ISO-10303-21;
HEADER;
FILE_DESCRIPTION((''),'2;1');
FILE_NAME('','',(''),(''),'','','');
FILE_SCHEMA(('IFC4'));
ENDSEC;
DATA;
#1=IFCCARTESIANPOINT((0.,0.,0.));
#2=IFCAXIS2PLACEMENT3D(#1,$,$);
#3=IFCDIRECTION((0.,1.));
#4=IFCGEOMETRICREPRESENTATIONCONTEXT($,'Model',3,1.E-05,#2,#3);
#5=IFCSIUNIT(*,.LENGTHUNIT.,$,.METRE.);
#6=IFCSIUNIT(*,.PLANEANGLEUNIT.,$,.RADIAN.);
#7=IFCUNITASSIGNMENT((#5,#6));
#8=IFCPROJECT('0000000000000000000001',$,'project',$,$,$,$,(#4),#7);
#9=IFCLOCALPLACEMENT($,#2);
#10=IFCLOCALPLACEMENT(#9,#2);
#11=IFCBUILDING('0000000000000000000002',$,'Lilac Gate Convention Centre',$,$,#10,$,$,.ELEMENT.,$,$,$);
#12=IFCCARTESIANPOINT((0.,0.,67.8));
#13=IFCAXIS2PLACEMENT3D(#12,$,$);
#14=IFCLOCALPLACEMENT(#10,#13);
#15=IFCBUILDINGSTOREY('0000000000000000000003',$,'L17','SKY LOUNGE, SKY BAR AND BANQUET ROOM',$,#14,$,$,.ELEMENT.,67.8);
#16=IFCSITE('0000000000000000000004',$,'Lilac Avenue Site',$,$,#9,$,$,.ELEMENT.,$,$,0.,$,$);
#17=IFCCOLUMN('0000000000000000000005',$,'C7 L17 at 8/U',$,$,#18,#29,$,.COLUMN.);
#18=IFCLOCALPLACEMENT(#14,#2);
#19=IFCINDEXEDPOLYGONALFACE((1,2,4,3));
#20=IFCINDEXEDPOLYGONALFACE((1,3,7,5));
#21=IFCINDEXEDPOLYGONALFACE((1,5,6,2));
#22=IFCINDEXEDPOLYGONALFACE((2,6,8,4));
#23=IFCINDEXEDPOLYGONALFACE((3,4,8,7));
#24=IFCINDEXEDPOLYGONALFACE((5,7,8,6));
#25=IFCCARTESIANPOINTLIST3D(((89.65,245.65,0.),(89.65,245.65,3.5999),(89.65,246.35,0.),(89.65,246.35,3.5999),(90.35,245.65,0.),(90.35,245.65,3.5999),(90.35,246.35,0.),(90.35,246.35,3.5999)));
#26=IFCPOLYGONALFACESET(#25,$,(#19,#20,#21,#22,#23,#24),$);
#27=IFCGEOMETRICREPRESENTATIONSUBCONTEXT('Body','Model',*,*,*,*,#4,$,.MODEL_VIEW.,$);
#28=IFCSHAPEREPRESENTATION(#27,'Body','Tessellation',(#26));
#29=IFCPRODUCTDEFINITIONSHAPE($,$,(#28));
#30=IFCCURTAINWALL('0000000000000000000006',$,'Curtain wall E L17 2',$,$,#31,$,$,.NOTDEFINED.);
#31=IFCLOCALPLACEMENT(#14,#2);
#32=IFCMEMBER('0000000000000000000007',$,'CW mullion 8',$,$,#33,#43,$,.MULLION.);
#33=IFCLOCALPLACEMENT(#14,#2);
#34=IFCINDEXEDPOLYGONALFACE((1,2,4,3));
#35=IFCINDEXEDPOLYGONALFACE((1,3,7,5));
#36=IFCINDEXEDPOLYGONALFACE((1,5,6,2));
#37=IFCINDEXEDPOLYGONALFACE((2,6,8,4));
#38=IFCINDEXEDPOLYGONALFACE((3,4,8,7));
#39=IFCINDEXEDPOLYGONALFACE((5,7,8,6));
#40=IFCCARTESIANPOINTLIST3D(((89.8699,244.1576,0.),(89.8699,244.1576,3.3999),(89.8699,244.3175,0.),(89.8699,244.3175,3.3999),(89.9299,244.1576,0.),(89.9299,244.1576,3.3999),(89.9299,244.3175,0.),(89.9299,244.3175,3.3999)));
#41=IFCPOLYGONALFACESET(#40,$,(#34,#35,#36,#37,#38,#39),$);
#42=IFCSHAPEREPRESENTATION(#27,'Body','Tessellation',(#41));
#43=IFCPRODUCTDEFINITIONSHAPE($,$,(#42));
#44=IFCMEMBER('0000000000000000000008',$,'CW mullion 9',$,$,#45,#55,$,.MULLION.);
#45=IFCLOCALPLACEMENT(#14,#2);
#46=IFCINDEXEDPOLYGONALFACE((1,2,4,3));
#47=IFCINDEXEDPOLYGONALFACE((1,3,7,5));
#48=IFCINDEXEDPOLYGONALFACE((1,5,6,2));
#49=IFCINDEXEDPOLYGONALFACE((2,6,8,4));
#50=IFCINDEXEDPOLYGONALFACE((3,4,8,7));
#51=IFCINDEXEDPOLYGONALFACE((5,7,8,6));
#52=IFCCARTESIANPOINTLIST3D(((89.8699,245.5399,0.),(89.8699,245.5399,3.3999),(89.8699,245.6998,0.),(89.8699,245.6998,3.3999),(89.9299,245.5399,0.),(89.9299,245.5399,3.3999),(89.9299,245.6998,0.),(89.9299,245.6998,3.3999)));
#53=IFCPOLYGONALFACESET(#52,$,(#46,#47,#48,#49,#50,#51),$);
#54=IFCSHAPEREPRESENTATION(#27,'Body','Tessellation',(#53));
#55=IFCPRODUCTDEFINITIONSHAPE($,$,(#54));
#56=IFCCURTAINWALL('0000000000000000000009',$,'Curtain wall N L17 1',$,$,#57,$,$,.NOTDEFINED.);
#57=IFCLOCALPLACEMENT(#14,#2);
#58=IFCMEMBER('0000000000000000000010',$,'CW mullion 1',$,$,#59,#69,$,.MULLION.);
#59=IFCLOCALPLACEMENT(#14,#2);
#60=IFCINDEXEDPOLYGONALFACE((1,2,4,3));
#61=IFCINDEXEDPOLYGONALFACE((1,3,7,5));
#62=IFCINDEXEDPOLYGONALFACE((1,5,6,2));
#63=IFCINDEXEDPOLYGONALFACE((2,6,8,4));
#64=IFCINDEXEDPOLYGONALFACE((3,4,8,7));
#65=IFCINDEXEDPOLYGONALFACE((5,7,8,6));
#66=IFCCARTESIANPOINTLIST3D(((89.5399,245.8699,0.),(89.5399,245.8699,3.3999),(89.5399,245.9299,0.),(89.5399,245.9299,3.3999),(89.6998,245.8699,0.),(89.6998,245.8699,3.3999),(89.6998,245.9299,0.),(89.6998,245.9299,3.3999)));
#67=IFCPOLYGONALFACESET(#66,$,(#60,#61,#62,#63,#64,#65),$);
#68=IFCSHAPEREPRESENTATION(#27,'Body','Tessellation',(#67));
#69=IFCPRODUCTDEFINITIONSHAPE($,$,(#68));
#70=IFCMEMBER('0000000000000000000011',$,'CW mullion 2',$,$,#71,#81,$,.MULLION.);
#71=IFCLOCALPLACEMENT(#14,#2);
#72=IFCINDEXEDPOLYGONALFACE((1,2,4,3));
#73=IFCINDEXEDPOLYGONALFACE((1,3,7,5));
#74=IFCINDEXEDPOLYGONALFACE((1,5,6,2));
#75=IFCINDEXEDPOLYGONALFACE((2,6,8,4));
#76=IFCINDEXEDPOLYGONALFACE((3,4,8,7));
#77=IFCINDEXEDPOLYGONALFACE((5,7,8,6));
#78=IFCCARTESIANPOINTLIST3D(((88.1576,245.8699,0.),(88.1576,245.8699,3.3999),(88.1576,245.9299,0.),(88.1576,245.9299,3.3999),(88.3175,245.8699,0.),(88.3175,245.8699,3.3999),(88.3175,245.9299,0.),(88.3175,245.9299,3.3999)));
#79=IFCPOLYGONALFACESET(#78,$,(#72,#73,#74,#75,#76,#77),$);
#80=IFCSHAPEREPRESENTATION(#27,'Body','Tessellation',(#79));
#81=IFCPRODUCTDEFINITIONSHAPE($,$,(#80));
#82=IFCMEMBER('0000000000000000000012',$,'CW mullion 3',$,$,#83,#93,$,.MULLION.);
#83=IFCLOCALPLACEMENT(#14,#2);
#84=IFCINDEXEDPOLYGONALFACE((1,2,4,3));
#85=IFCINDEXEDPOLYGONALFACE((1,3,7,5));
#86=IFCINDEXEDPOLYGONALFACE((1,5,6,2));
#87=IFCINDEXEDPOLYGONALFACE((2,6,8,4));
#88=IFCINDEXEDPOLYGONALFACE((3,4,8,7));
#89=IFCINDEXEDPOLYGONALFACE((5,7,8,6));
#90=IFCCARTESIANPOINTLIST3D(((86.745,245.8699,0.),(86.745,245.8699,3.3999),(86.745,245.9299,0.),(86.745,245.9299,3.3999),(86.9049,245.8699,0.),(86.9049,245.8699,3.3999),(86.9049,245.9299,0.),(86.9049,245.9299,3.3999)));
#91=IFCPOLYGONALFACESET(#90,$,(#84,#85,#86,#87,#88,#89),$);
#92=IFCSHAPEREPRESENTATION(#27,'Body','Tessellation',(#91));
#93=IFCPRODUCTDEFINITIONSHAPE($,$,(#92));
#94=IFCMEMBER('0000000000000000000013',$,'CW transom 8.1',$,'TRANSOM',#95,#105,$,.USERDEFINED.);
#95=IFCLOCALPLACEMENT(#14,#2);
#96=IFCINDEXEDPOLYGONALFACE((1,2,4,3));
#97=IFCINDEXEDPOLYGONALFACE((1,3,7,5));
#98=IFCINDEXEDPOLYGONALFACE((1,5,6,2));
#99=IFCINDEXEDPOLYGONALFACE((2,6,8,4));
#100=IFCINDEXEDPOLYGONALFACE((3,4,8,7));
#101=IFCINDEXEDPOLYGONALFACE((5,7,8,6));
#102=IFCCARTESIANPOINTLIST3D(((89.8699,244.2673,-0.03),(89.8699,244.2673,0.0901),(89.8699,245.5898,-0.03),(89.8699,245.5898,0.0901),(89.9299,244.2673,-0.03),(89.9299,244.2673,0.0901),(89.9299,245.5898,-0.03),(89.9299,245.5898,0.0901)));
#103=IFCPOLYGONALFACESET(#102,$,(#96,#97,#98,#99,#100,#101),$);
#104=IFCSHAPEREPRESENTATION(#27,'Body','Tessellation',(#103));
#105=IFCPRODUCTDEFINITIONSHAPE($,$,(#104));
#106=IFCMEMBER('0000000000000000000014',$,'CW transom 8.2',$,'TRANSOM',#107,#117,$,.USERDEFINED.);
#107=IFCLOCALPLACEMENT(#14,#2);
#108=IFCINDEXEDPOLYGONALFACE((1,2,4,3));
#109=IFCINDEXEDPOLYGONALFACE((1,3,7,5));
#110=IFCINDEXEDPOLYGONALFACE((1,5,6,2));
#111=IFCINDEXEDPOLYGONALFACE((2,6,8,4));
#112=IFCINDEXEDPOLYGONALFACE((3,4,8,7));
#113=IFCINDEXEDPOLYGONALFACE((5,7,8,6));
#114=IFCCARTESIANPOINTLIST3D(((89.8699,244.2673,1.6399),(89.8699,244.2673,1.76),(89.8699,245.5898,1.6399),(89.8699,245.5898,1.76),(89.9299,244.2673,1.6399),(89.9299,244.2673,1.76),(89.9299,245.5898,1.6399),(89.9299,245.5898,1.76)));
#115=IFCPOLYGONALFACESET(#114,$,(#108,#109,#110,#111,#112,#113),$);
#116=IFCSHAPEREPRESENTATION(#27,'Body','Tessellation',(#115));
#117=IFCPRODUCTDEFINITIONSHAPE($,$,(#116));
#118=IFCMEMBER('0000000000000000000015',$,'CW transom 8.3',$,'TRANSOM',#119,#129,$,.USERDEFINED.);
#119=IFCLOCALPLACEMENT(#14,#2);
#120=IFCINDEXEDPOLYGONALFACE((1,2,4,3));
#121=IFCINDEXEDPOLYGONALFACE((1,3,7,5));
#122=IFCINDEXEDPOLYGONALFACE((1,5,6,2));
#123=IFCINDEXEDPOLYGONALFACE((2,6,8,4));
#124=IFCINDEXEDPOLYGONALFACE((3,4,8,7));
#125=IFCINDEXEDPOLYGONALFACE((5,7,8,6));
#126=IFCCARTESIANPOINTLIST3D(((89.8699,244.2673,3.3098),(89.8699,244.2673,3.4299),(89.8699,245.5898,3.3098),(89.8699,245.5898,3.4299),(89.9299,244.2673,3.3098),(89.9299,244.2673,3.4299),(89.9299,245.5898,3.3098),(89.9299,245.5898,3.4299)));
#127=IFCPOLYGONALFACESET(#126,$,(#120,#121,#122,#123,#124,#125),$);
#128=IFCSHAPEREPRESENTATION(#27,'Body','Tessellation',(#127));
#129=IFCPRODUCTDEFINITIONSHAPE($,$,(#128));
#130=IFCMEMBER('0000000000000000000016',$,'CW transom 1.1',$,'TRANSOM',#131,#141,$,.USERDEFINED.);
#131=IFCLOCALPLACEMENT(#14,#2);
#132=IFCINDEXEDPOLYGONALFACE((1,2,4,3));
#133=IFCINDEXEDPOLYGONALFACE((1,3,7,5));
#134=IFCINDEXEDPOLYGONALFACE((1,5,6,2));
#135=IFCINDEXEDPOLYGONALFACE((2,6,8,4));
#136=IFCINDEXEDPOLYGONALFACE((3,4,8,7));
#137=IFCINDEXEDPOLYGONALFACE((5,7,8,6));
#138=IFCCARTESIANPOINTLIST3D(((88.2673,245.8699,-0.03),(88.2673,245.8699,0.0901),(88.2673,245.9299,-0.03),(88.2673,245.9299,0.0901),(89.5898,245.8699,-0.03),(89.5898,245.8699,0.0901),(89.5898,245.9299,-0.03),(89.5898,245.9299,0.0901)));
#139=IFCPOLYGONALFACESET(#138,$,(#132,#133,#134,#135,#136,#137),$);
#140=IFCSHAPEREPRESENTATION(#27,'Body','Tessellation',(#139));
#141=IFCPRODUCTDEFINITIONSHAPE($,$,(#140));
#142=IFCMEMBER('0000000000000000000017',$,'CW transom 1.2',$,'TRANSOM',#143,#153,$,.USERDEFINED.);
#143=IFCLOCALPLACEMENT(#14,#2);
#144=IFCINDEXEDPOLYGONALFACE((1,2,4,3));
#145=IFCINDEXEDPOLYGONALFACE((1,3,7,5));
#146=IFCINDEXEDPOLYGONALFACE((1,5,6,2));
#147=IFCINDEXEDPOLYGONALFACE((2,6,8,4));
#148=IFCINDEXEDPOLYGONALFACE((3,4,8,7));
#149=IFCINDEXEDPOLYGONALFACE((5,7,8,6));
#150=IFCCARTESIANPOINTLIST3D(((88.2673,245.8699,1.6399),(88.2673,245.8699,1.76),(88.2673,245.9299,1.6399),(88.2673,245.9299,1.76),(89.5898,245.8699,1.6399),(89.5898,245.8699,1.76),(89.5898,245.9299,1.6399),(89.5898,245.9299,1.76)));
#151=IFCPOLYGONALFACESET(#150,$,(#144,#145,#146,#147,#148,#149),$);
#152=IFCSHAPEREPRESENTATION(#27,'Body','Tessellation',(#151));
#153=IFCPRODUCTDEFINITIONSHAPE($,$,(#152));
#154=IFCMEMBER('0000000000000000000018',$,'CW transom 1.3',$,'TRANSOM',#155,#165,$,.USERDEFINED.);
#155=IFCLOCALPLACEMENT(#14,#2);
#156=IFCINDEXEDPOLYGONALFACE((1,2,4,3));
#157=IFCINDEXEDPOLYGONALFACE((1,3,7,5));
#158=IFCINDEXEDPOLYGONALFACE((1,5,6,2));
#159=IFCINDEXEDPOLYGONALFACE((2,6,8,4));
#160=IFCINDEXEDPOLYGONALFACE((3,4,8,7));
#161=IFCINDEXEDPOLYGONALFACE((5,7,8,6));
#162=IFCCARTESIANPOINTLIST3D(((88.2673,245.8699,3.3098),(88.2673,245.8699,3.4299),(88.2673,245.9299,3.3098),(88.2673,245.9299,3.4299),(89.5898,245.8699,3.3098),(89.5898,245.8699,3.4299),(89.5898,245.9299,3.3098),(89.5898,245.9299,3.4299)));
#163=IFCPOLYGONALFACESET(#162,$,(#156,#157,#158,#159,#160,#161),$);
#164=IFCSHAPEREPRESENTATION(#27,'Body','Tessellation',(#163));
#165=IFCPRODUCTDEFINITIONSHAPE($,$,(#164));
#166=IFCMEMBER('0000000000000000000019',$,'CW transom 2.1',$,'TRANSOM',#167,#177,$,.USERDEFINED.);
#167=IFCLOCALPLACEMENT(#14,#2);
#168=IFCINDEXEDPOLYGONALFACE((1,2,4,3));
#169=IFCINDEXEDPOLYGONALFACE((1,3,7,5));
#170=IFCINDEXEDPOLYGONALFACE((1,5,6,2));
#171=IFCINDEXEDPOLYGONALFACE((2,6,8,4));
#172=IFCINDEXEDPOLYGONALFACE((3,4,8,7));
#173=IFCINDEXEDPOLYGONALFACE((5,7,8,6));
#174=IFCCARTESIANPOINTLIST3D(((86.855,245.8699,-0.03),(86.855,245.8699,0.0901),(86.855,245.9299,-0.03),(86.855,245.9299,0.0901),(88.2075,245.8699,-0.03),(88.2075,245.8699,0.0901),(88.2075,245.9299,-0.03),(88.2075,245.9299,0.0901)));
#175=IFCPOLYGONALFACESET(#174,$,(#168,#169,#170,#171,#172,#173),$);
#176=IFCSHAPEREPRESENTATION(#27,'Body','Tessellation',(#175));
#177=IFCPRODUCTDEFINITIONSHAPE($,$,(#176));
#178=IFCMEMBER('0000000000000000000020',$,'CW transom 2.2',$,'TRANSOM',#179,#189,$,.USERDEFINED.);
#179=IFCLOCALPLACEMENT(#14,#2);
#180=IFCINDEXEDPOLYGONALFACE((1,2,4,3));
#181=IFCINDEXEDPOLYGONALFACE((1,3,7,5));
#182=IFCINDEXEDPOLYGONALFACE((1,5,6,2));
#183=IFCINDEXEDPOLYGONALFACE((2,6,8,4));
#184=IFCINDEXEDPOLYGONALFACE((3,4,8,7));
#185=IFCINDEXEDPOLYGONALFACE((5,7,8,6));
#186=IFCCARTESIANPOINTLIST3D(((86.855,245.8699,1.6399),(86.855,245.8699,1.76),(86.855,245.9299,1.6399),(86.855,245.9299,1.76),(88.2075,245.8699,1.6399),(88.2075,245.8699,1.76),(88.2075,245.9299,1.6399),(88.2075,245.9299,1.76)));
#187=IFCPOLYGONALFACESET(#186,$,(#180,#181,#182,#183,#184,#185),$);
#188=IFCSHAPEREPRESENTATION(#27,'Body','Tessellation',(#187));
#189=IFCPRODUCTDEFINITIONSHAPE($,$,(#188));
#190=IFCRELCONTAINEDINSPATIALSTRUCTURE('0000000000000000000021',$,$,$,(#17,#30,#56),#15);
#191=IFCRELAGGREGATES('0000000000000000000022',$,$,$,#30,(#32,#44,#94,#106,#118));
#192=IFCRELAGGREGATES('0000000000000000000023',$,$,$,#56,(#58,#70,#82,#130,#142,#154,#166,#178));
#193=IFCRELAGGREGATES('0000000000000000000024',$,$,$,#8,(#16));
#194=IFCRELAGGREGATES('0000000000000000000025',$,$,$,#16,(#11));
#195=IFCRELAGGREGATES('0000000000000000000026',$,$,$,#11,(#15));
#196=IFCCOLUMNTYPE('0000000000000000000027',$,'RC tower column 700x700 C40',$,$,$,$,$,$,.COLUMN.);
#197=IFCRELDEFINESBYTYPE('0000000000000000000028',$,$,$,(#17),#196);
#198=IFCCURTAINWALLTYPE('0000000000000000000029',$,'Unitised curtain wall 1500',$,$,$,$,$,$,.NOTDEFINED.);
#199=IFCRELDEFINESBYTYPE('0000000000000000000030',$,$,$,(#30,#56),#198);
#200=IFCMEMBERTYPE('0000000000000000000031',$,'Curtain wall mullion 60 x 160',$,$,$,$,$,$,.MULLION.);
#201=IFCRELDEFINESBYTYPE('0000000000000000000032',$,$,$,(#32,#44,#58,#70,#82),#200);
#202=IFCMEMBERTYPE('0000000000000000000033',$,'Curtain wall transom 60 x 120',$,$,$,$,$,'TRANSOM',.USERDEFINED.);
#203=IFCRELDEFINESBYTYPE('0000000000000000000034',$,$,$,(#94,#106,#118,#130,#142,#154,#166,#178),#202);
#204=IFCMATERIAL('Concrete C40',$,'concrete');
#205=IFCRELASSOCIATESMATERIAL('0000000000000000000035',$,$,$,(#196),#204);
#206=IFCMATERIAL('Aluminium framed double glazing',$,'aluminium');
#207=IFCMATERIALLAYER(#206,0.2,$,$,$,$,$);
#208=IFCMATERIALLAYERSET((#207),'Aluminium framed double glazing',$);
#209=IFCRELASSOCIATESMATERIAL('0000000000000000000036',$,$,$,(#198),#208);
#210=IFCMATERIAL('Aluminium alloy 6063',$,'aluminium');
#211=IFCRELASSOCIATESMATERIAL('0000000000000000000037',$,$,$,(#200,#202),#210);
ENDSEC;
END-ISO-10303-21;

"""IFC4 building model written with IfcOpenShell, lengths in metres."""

from ifc_helpers import new_model, si_unit, direction, frame, origin, origin_2d, place, context, subcontext, project, spatial, rectangle, extrude, material, layer, layer_set, material_profile, profile_set, type_object, element, aggregate, save


model = new_model("IFC4")

# Units and contexts
model_context = context("Model", 3, precision=1e-05, world=origin(), true_north=direction((0.0, 1.0)))
body_context = subcontext(model_context, "Body", "Model", "MODEL_VIEW")
ifc_project = project(units=[si_unit("LENGTHUNIT", "METRE"), si_unit("PLANEANGLEUNIT", "RADIAN")], contexts=[model_context])

# Site, building, storey
site_placement = place(None, origin())
site = spatial("IfcSite", under=ifc_project, at=site_placement, Name="Lilac Avenue Site", CompositionType="ELEMENT", RefElevation=0.0)
building_placement = place(site_placement, origin())
building = spatial("IfcBuilding", under=site, at=building_placement, Name="Lilac Gate Convention Centre", CompositionType="ELEMENT")
storey_placement = place(building_placement, frame((0.0, 0.0, 67.8)))
storey = spatial("IfcBuildingStorey", under=building, at=storey_placement, Name="L17", Description="SKY LOUNGE, SKY BAR AND BANQUET ROOM", CompositionType="ELEMENT", Elevation=67.8)

# Column
ifc_material_1 = material(Name="Concrete C40", Category="concrete")
ifc_material_profile_1 = material_profile(ifc_material_1, rectangle(XDim=0.7, YDim=0.7, at=origin_2d()), Name="RC 700x700")
ifc_profile_set_1 = profile_set([ifc_material_profile_1], Name="Concrete C40")
column_type = type_object("IfcColumnType", Name="RC tower column 700x700 C40", PredefinedType="COLUMN", material=ifc_profile_set_1)
column_placement = place(storey_placement, frame((90.0, 246.0, 0.0), z_axis=(0.0, 0.0, 1.0), x_axis=(1.0, 0.0, 0.0)))
element("IfcColumn", 1, at=column_placement, inside=storey, type_object=column_type, Name="C7 L17 at 8/U", PredefinedType="COLUMN", context=body_context, shape_type="SweptSolid", body=[
    extrude(rectangle(XDim=0.7, YDim=0.7, at=origin_2d()), origin(), (0.0, 0.0, 1.0), 3.5999),
])

# Curtain walls, members
ifc_material_2 = material(Name="Aluminium framed double glazing", Category="aluminium")
ifc_layer_1 = layer(ifc_material_2, 0.2)
ifc_layer_set_1 = layer_set([ifc_layer_1], Name="Aluminium framed double glazing")
curtain_wall_type = type_object("IfcCurtainWallType", Name="Unitised curtain wall 1500", PredefinedType="NOTDEFINED", material=ifc_layer_set_1)
curtain_wall_1_placement = place(storey_placement, origin())
curtain_wall_1 = element("IfcCurtainWall", 2, at=curtain_wall_1_placement, inside=storey, type_object=curtain_wall_type, Name="Curtain wall E L17 2", PredefinedType="NOTDEFINED")
ifc_material_3 = material(Name="Aluminium alloy 6063", Category="aluminium")
ifc_material_profile_2 = material_profile(ifc_material_3, rectangle(XDim=0.0601, YDim=0.1599, at=origin_2d()), Name="Curtain wall mullion 60 x 160")
ifc_profile_set_2 = profile_set([ifc_material_profile_2], Name="Aluminium alloy 6063")
member_type_1 = type_object("IfcMemberType", Name="Curtain wall mullion 60 x 160", PredefinedType="MULLION", material=ifc_profile_set_2)
member_1_placement = place(storey_placement, frame((89.8999, 244.2375, 0.0), z_axis=(0.0, 0.0, 1.0), x_axis=(-1.0, 0.0, 0.0)))
member_1 = element("IfcMember", 3, at=member_1_placement, type_object=member_type_1, Name="CW mullion 8", PredefinedType="MULLION", context=body_context, shape_type="SweptSolid", body=[
    extrude(rectangle(XDim=0.0601, YDim=0.1599, at=origin_2d()), origin(), (0.0, 0.0, 1.0), 3.3999),
])
member_2_placement = place(storey_placement, frame((89.8999, 245.6199, 0.0), z_axis=(0.0, 0.0, 1.0), x_axis=(-1.0, 0.0, 0.0)))
member_2 = element("IfcMember", 4, at=member_2_placement, type_object=member_type_1, Name="CW mullion 9", PredefinedType="MULLION", context=body_context, shape_type="SweptSolid", body=[
    extrude(rectangle(XDim=0.0601, YDim=0.1599, at=origin_2d()), origin(), (0.0, 0.0, 1.0), 3.3999),
])
curtain_wall_2_placement = place(storey_placement, origin())
curtain_wall_2 = element("IfcCurtainWall", 5, at=curtain_wall_2_placement, inside=storey, type_object=curtain_wall_type, Name="Curtain wall N L17 1", PredefinedType="NOTDEFINED")
member_3_placement = place(storey_placement, frame((89.6199, 245.8999, 0.0), z_axis=(0.0, 0.0, 1.0), x_axis=(0.0, -1.0, 0.0)))
member_3 = element("IfcMember", 6, at=member_3_placement, type_object=member_type_1, Name="CW mullion 1", PredefinedType="MULLION", context=body_context, shape_type="SweptSolid", body=[
    extrude(rectangle(XDim=0.0601, YDim=0.1599, at=origin_2d()), origin(), (0.0, 0.0, 1.0), 3.3999),
])
member_4_placement = place(storey_placement, frame((88.2375, 245.8999, 0.0), z_axis=(0.0, 0.0, 1.0), x_axis=(0.0, -1.0, 0.0)))
member_4 = element("IfcMember", 7, at=member_4_placement, type_object=member_type_1, Name="CW mullion 2", PredefinedType="MULLION", context=body_context, shape_type="SweptSolid", body=[
    extrude(rectangle(XDim=0.0601, YDim=0.1599, at=origin_2d()), origin(), (0.0, 0.0, 1.0), 3.3999),
])
member_5_placement = place(storey_placement, frame((86.825, 245.8999, 0.0), z_axis=(0.0, 0.0, 1.0), x_axis=(0.0, -1.0, 0.0)))
member_5 = element("IfcMember", 8, at=member_5_placement, type_object=member_type_1, Name="CW mullion 3", PredefinedType="MULLION", context=body_context, shape_type="SweptSolid", body=[
    extrude(rectangle(XDim=0.0601, YDim=0.1599, at=origin_2d()), origin(), (0.0, 0.0, 1.0), 3.3999),
])

# Members
ifc_material_profile_3 = material_profile(ifc_material_3, rectangle(XDim=0.0601, YDim=0.1201, at=origin_2d()), Name="Curtain wall transom 60 x 120")
ifc_profile_set_3 = profile_set([ifc_material_profile_3], Name="Aluminium alloy 6063")
member_type_2 = type_object("IfcMemberType", Name="Curtain wall transom 60 x 120", ElementType="TRANSOM", PredefinedType="USERDEFINED", material=ifc_profile_set_3)
member_6_placement = place(storey_placement, frame((89.8999, 244.2673, 0.03), z_axis=(0.0, 1.0, 0.0), x_axis=(-1.0, 0.0, 0.0)))
member_6 = element("IfcMember", 9, at=member_6_placement, type_object=member_type_2, Name="CW transom 8.1", ObjectType="TRANSOM", PredefinedType="USERDEFINED", context=body_context, shape_type="SweptSolid", body=[
    extrude(rectangle(XDim=0.0601, YDim=0.1201, at=origin_2d()), origin(), (0.0, 0.0, 1.0), 1.3225),
])
member_7_placement = place(storey_placement, frame((89.8999, 244.2673, 1.7), z_axis=(0.0, 1.0, 0.0), x_axis=(-1.0, 0.0, 0.0)))
member_7 = element("IfcMember", 10, at=member_7_placement, type_object=member_type_2, Name="CW transom 8.2", ObjectType="TRANSOM", PredefinedType="USERDEFINED", context=body_context, shape_type="SweptSolid", body=[
    extrude(rectangle(XDim=0.0601, YDim=0.1201, at=origin_2d()), origin(), (0.0, 0.0, 1.0), 1.3225),
])
member_8_placement = place(storey_placement, frame((89.8999, 244.2673, 3.3699), z_axis=(0.0, 1.0, 0.0), x_axis=(-1.0, 0.0, 0.0)))
member_8 = element("IfcMember", 11, at=member_8_placement, type_object=member_type_2, Name="CW transom 8.3", ObjectType="TRANSOM", PredefinedType="USERDEFINED", context=body_context, shape_type="SweptSolid", body=[
    extrude(rectangle(XDim=0.0601, YDim=0.1201, at=origin_2d()), origin(), (0.0, 0.0, 1.0), 1.3225),
])
member_9_placement = place(storey_placement, frame((89.5898, 245.8999, 0.03), z_axis=(-1.0, 0.0, 0.0), x_axis=(0.0, -1.0, 0.0)))
member_9 = element("IfcMember", 12, at=member_9_placement, type_object=member_type_2, Name="CW transom 1.1", ObjectType="TRANSOM", PredefinedType="USERDEFINED", context=body_context, shape_type="SweptSolid", body=[
    extrude(rectangle(XDim=0.0601, YDim=0.1201, at=origin_2d()), origin(), (0.0, 0.0, 1.0), 1.3225),
])
member_10_placement = place(storey_placement, frame((89.5898, 245.8999, 1.7), z_axis=(-1.0, 0.0, 0.0), x_axis=(0.0, -1.0, 0.0)))
member_10 = element("IfcMember", 13, at=member_10_placement, type_object=member_type_2, Name="CW transom 1.2", ObjectType="TRANSOM", PredefinedType="USERDEFINED", context=body_context, shape_type="SweptSolid", body=[
    extrude(rectangle(XDim=0.0601, YDim=0.1201, at=origin_2d()), origin(), (0.0, 0.0, 1.0), 1.3225),
])
member_11_placement = place(storey_placement, frame((89.5898, 245.8999, 3.3699), z_axis=(-1.0, 0.0, 0.0), x_axis=(0.0, -1.0, 0.0)))
member_11 = element("IfcMember", 14, at=member_11_placement, type_object=member_type_2, Name="CW transom 1.3", ObjectType="TRANSOM", PredefinedType="USERDEFINED", context=body_context, shape_type="SweptSolid", body=[
    extrude(rectangle(XDim=0.0601, YDim=0.1201, at=origin_2d()), origin(), (0.0, 0.0, 1.0), 1.3225),
])
member_12_placement = place(storey_placement, frame((88.2075, 245.8999, 0.03), z_axis=(-1.0, 0.0, 0.0), x_axis=(0.0, -1.0, 0.0)))
member_12 = element("IfcMember", 15, at=member_12_placement, type_object=member_type_2, Name="CW transom 2.1", ObjectType="TRANSOM", PredefinedType="USERDEFINED", context=body_context, shape_type="SweptSolid", body=[
    extrude(rectangle(XDim=0.0601, YDim=0.1201, at=origin_2d()), origin(), (0.0, 0.0, 1.0), 1.3525),
])
member_13_placement = place(storey_placement, frame((88.2075, 245.8999, 1.7), z_axis=(-1.0, 0.0, 0.0), x_axis=(0.0, -1.0, 0.0)))
member_13 = element("IfcMember", 16, at=member_13_placement, type_object=member_type_2, Name="CW transom 2.2", ObjectType="TRANSOM", PredefinedType="USERDEFINED", context=body_context, shape_type="SweptSolid", body=[
    extrude(rectangle(XDim=0.0601, YDim=0.1201, at=origin_2d()), origin(), (0.0, 0.0, 1.0), 1.3525),
])

aggregate(curtain_wall_1, [member_1, member_2, member_6, member_7, member_8])
aggregate(curtain_wall_2, [member_3, member_4, member_5, member_9, member_10, member_11, member_12, member_13])

save(model, "model.ifc")
